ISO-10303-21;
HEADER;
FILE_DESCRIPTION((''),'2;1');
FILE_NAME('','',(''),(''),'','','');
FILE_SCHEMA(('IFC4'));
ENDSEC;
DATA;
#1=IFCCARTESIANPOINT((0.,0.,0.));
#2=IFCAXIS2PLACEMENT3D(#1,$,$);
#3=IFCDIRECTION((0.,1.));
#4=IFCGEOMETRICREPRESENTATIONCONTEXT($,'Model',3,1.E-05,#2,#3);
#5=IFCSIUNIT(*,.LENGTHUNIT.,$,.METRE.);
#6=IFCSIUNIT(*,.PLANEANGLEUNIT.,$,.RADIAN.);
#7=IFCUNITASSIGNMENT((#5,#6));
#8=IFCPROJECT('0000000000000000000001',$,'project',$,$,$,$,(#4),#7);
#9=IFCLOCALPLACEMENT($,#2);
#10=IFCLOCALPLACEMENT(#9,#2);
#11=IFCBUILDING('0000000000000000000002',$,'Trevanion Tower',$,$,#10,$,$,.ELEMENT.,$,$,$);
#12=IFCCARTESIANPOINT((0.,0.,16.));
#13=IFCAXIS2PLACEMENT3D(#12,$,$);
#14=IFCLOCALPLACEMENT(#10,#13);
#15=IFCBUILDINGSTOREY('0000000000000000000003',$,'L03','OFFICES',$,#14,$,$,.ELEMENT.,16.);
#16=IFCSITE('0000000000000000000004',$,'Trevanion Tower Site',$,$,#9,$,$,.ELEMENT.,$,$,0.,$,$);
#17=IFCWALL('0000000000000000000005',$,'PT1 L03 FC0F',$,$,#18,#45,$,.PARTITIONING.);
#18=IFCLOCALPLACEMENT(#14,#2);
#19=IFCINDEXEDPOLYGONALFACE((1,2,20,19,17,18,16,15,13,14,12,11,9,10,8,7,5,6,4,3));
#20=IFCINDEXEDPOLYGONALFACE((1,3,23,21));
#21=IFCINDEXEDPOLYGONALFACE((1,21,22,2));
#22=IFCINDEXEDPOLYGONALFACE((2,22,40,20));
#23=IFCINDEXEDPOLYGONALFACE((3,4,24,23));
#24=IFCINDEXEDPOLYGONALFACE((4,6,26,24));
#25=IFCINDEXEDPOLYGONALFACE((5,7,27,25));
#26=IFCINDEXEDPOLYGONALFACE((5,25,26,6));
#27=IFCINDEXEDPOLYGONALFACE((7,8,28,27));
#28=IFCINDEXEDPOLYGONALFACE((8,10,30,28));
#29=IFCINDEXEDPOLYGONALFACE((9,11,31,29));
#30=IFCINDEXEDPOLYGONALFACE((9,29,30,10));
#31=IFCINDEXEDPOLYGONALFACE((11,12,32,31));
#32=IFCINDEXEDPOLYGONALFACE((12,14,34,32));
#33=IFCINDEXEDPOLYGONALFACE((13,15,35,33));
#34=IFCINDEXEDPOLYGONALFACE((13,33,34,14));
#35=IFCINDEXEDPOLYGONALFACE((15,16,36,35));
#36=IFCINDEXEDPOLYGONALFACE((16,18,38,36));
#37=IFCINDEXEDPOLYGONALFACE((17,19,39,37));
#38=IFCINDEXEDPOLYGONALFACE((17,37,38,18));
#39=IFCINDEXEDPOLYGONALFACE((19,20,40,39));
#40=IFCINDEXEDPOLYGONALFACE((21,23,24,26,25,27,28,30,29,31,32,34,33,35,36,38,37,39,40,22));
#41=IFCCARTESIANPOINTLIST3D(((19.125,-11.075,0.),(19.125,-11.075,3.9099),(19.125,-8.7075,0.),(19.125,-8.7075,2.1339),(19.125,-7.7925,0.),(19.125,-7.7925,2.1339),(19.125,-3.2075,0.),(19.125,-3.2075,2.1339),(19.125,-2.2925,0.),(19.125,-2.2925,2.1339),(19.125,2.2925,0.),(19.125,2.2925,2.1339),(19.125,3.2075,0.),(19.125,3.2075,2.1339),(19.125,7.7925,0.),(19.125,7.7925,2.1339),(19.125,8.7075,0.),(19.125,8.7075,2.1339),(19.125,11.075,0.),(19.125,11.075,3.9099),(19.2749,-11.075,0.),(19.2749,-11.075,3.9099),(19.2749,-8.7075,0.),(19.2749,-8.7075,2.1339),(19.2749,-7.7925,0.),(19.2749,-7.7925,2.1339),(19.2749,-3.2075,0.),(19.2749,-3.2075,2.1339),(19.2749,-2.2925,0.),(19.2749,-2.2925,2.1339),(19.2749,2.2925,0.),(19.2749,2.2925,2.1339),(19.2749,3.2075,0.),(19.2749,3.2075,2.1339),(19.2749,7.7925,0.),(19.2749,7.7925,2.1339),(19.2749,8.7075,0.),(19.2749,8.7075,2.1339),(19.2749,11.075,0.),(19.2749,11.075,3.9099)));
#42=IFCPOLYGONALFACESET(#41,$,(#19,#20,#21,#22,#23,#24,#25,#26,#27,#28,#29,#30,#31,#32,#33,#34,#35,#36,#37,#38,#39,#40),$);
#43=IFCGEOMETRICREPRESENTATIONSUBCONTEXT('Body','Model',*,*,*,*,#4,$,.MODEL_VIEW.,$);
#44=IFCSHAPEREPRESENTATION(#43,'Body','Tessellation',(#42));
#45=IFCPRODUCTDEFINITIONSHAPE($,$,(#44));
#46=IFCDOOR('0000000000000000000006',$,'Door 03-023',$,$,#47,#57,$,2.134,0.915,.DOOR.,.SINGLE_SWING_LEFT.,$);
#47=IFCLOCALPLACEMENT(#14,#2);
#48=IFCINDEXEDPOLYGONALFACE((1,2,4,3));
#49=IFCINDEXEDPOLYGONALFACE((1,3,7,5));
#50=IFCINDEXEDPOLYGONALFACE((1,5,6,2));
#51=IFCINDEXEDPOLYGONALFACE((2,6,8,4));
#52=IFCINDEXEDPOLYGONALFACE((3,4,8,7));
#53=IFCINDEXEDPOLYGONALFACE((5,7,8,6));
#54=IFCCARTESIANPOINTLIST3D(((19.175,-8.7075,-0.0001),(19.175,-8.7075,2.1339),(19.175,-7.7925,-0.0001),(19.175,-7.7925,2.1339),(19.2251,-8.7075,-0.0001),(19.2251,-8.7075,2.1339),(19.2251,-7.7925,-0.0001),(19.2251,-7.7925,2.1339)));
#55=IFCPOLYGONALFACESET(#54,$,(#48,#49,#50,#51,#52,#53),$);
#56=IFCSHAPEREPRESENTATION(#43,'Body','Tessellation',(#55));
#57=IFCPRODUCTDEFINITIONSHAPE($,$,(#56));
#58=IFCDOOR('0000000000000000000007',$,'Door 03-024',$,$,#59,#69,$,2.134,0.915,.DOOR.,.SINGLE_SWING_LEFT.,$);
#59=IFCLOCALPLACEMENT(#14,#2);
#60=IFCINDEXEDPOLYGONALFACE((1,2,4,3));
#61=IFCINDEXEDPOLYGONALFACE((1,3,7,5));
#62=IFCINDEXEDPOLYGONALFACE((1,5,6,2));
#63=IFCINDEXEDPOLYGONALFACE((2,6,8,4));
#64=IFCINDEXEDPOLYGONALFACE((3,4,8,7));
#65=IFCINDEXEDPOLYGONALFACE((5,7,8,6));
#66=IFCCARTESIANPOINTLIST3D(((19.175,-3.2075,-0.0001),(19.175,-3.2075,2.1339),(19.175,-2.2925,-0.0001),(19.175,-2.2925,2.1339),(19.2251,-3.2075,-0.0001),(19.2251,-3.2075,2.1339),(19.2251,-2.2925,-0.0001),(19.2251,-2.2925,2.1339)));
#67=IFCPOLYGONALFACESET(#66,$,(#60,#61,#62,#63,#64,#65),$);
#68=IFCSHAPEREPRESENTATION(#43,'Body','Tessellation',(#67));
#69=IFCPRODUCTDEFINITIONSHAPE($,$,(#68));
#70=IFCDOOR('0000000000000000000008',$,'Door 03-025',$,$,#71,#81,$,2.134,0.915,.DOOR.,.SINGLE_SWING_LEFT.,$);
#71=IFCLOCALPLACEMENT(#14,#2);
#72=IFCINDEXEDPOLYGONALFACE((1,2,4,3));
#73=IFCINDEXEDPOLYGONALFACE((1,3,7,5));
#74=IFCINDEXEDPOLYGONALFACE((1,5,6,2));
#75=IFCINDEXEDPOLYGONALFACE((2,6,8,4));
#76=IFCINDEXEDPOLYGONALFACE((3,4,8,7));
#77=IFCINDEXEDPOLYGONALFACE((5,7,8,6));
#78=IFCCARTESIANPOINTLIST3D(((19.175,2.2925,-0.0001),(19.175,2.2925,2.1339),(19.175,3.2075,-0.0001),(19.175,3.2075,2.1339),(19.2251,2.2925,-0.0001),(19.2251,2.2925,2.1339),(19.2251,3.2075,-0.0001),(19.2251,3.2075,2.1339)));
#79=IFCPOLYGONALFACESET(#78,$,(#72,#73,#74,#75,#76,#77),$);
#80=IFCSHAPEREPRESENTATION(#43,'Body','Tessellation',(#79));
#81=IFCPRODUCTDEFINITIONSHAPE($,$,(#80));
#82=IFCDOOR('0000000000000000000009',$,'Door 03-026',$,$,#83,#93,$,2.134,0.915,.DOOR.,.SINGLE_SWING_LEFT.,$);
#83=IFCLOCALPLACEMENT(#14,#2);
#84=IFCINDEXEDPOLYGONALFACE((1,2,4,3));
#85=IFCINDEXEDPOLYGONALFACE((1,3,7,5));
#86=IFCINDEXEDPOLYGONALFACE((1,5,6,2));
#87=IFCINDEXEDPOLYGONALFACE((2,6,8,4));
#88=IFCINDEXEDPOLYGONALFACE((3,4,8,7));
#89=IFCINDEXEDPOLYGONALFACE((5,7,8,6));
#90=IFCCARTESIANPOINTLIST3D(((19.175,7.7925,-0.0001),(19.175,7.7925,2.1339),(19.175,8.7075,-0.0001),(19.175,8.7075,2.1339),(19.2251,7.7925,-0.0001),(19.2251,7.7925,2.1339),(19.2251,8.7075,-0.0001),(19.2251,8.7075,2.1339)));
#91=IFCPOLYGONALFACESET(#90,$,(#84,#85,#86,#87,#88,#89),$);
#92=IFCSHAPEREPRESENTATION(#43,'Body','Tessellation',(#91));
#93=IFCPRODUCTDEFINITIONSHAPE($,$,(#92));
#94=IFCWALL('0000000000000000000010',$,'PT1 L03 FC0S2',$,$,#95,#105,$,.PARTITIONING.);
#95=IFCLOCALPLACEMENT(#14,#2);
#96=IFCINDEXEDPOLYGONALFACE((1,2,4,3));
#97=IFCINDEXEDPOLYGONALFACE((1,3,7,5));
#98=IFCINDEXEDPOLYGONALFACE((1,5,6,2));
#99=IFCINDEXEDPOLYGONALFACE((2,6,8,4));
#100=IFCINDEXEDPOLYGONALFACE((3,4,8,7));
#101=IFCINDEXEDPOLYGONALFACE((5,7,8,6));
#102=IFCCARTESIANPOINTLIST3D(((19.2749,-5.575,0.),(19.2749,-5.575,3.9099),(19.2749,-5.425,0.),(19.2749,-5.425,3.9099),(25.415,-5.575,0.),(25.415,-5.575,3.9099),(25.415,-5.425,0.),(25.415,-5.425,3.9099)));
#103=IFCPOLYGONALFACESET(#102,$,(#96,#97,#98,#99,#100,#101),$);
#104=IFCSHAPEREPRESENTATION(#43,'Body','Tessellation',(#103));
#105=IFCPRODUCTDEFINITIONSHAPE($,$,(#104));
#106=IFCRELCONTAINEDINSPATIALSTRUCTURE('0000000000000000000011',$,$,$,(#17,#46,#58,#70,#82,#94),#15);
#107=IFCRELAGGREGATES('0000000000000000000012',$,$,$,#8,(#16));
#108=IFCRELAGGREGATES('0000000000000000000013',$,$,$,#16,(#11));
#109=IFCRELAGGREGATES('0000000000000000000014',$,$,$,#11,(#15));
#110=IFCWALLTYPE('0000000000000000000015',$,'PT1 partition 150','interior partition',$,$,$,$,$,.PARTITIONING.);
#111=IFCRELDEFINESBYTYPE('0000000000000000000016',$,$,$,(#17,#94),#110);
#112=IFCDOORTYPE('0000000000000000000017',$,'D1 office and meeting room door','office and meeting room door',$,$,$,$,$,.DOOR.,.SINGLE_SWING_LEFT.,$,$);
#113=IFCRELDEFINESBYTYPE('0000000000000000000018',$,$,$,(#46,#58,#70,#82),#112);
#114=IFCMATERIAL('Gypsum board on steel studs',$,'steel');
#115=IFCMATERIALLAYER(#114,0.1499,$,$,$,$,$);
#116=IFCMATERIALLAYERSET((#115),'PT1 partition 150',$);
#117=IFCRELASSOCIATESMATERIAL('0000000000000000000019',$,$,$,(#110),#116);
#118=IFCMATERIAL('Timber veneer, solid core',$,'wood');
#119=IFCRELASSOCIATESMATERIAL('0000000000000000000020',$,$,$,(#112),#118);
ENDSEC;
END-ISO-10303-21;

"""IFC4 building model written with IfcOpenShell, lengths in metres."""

from ifc_helpers import new_model, si_unit, direction, frame, frame_2d, origin, place, context, subcontext, project, spatial, rectangle, extrude, material, layer, layer_set, type_object, element, fill, save


model = new_model("IFC4")

# Units and contexts
model_context = context("Model", 3, precision=1e-05, world=origin(), true_north=direction((0.0, 1.0)))
body_context = subcontext(model_context, "Body", "Model", "MODEL_VIEW")
ifc_project = project(units=[si_unit("LENGTHUNIT", "METRE"), si_unit("PLANEANGLEUNIT", "RADIAN")], contexts=[model_context])

# Site, building, storey
site_placement = place(None, origin())
site = spatial("IfcSite", under=ifc_project, at=site_placement, Name="Trevanion Tower Site", CompositionType="ELEMENT", RefElevation=0.0)
building_placement = place(site_placement, origin())
building = spatial("IfcBuilding", under=site, at=building_placement, Name="Trevanion Tower", CompositionType="ELEMENT")
storey_placement = place(building_placement, frame((0.0, 0.0, 16.0)))
storey = spatial("IfcBuildingStorey", under=building, at=storey_placement, Name="L03", Description="OFFICES", CompositionType="ELEMENT", Elevation=16.0)

# Wall, openings, doors
ifc_material_1 = material(Name="Gypsum board on steel studs", Category="steel")
ifc_layer_1 = layer(ifc_material_1, 0.1499)
ifc_layer_set_1 = layer_set([ifc_layer_1], Name="PT1 partition 150")
wall_type = type_object("IfcWallType", Name="PT1 partition 150", Description="interior partition", PredefinedType="PARTITIONING", material=ifc_layer_set_1)
wall_1_placement = place(storey_placement, frame((19.2, -11.075, 0.0), z_axis=(0.0, 0.0, 1.0), x_axis=(0.0, 1.0, 0.0)))
wall_1 = element("IfcWall", 1, at=wall_1_placement, inside=storey, type_object=wall_type, Name="PT1 L03 FC0F", PredefinedType="PARTITIONING", context=body_context, shape_type="SweptSolid", body=[
    extrude(rectangle(XDim=22.1499, YDim=0.1499, at=frame_2d((11.075, 0.0))), origin(), (0.0, 0.0, 1.0), 3.9099),
])
opening_1_placement = place(wall_1_placement, frame((2.3674, 0.0, 0.0)))
opening_1 = element("IfcOpeningElement", 2, at=opening_1_placement, cuts=wall_1, PredefinedType="OPENING", context=body_context, shape_type="SweptSolid", body=[
    extrude(rectangle(XDim=0.915, YDim=2.134, at=frame_2d((0.4575, 1.0669))), frame((0.0, 0.085, 0.0), z_axis=(0.0, -1.0, 0.0), x_axis=(1.0, 0.0, 0.0)), (0.0, 0.0, 1.0), 0.1699),
])
opening_2_placement = place(wall_1_placement, frame((7.8674, 0.0, 0.0)))
opening_2 = element("IfcOpeningElement", 3, at=opening_2_placement, cuts=wall_1, PredefinedType="OPENING", context=body_context, shape_type="SweptSolid", body=[
    extrude(rectangle(XDim=0.915, YDim=2.134, at=frame_2d((0.4575, 1.0669))), frame((0.0, 0.085, 0.0), z_axis=(0.0, -1.0, 0.0), x_axis=(1.0, 0.0, 0.0)), (0.0, 0.0, 1.0), 0.1699),
])
opening_3_placement = place(wall_1_placement, frame((13.3674, 0.0, 0.0)))
opening_3 = element("IfcOpeningElement", 4, at=opening_3_placement, cuts=wall_1, PredefinedType="OPENING", context=body_context, shape_type="SweptSolid", body=[
    extrude(rectangle(XDim=0.915, YDim=2.134, at=frame_2d((0.4575, 1.0669))), frame((0.0, 0.085, 0.0), z_axis=(0.0, -1.0, 0.0), x_axis=(1.0, 0.0, 0.0)), (0.0, 0.0, 1.0), 0.1699),
])
opening_4_placement = place(wall_1_placement, frame((18.8674, 0.0, 0.0)))
opening_4 = element("IfcOpeningElement", 5, at=opening_4_placement, cuts=wall_1, PredefinedType="OPENING", context=body_context, shape_type="SweptSolid", body=[
    extrude(rectangle(XDim=0.915, YDim=2.134, at=frame_2d((0.4575, 1.0669))), frame((0.0, 0.085, 0.0), z_axis=(0.0, -1.0, 0.0), x_axis=(1.0, 0.0, 0.0)), (0.0, 0.0, 1.0), 0.1699),
])
ifc_material_2 = material(Name="Timber veneer, solid core", Category="wood")
door_type = type_object("IfcDoorType", Name="D1 office and meeting room door", Description="office and meeting room door", OperationType="SINGLE_SWING_LEFT", PredefinedType="DOOR", material=ifc_material_2)
door_1_placement = place(opening_1_placement, origin())
door_1 = element("IfcDoor", 6, at=door_1_placement, inside=storey, type_object=door_type, Name="Door 03-023", OperationType="SINGLE_SWING_LEFT", OverallHeight=2.134, OverallWidth=0.915, PredefinedType="DOOR", context=body_context, shape_type="SweptSolid", body=[
    extrude(rectangle(XDim=0.915, YDim=2.134, at=frame_2d((0.4575, 1.0669))), frame((0.0, 0.0249, 0.0), z_axis=(0.0, -1.0, 0.0), x_axis=(1.0, 0.0, 0.0)), (0.0, 0.0, 1.0), 0.05),
])
fill(opening_1, door_1)
door_2_placement = place(opening_2_placement, origin())
door_2 = element("IfcDoor", 7, at=door_2_placement, inside=storey, type_object=door_type, Name="Door 03-024", OperationType="SINGLE_SWING_LEFT", OverallHeight=2.134, OverallWidth=0.915, PredefinedType="DOOR", context=body_context, shape_type="SweptSolid", body=[
    extrude(rectangle(XDim=0.915, YDim=2.134, at=frame_2d((0.4575, 1.0669))), frame((0.0, 0.0249, 0.0), z_axis=(0.0, -1.0, 0.0), x_axis=(1.0, 0.0, 0.0)), (0.0, 0.0, 1.0), 0.05),
])
fill(opening_2, door_2)
door_3_placement = place(opening_3_placement, origin())
door_3 = element("IfcDoor", 8, at=door_3_placement, inside=storey, type_object=door_type, Name="Door 03-025", OperationType="SINGLE_SWING_LEFT", OverallHeight=2.134, OverallWidth=0.915, PredefinedType="DOOR", context=body_context, shape_type="SweptSolid", body=[
    extrude(rectangle(XDim=0.915, YDim=2.134, at=frame_2d((0.4575, 1.0669))), frame((0.0, 0.0249, 0.0), z_axis=(0.0, -1.0, 0.0), x_axis=(1.0, 0.0, 0.0)), (0.0, 0.0, 1.0), 0.05),
])
fill(opening_3, door_3)
door_4_placement = place(opening_4_placement, origin())
door_4 = element("IfcDoor", 9, at=door_4_placement, inside=storey, type_object=door_type, Name="Door 03-026", OperationType="SINGLE_SWING_LEFT", OverallHeight=2.134, OverallWidth=0.915, PredefinedType="DOOR", context=body_context, shape_type="SweptSolid", body=[
    extrude(rectangle(XDim=0.915, YDim=2.134, at=frame_2d((0.4575, 1.0669))), frame((0.0, 0.0249, 0.0), z_axis=(0.0, -1.0, 0.0), x_axis=(1.0, 0.0, 0.0)), (0.0, 0.0, 1.0), 0.05),
])
fill(opening_4, door_4)

# Wall
wall_2_placement = place(storey_placement, frame((19.2749, -5.5, 0.0), z_axis=(0.0, 0.0, 1.0), x_axis=(1.0, 0.0, 0.0)))
element("IfcWall", 10, at=wall_2_placement, inside=storey, type_object=wall_type, Name="PT1 L03 FC0S2", PredefinedType="PARTITIONING", context=body_context, shape_type="SweptSolid", body=[
    extrude(rectangle(XDim=6.1401, YDim=0.1499, at=frame_2d((3.0701, 0.0))), origin(), (0.0, 0.0, 1.0), 3.9099),
])

save(model, "model.ifc")
